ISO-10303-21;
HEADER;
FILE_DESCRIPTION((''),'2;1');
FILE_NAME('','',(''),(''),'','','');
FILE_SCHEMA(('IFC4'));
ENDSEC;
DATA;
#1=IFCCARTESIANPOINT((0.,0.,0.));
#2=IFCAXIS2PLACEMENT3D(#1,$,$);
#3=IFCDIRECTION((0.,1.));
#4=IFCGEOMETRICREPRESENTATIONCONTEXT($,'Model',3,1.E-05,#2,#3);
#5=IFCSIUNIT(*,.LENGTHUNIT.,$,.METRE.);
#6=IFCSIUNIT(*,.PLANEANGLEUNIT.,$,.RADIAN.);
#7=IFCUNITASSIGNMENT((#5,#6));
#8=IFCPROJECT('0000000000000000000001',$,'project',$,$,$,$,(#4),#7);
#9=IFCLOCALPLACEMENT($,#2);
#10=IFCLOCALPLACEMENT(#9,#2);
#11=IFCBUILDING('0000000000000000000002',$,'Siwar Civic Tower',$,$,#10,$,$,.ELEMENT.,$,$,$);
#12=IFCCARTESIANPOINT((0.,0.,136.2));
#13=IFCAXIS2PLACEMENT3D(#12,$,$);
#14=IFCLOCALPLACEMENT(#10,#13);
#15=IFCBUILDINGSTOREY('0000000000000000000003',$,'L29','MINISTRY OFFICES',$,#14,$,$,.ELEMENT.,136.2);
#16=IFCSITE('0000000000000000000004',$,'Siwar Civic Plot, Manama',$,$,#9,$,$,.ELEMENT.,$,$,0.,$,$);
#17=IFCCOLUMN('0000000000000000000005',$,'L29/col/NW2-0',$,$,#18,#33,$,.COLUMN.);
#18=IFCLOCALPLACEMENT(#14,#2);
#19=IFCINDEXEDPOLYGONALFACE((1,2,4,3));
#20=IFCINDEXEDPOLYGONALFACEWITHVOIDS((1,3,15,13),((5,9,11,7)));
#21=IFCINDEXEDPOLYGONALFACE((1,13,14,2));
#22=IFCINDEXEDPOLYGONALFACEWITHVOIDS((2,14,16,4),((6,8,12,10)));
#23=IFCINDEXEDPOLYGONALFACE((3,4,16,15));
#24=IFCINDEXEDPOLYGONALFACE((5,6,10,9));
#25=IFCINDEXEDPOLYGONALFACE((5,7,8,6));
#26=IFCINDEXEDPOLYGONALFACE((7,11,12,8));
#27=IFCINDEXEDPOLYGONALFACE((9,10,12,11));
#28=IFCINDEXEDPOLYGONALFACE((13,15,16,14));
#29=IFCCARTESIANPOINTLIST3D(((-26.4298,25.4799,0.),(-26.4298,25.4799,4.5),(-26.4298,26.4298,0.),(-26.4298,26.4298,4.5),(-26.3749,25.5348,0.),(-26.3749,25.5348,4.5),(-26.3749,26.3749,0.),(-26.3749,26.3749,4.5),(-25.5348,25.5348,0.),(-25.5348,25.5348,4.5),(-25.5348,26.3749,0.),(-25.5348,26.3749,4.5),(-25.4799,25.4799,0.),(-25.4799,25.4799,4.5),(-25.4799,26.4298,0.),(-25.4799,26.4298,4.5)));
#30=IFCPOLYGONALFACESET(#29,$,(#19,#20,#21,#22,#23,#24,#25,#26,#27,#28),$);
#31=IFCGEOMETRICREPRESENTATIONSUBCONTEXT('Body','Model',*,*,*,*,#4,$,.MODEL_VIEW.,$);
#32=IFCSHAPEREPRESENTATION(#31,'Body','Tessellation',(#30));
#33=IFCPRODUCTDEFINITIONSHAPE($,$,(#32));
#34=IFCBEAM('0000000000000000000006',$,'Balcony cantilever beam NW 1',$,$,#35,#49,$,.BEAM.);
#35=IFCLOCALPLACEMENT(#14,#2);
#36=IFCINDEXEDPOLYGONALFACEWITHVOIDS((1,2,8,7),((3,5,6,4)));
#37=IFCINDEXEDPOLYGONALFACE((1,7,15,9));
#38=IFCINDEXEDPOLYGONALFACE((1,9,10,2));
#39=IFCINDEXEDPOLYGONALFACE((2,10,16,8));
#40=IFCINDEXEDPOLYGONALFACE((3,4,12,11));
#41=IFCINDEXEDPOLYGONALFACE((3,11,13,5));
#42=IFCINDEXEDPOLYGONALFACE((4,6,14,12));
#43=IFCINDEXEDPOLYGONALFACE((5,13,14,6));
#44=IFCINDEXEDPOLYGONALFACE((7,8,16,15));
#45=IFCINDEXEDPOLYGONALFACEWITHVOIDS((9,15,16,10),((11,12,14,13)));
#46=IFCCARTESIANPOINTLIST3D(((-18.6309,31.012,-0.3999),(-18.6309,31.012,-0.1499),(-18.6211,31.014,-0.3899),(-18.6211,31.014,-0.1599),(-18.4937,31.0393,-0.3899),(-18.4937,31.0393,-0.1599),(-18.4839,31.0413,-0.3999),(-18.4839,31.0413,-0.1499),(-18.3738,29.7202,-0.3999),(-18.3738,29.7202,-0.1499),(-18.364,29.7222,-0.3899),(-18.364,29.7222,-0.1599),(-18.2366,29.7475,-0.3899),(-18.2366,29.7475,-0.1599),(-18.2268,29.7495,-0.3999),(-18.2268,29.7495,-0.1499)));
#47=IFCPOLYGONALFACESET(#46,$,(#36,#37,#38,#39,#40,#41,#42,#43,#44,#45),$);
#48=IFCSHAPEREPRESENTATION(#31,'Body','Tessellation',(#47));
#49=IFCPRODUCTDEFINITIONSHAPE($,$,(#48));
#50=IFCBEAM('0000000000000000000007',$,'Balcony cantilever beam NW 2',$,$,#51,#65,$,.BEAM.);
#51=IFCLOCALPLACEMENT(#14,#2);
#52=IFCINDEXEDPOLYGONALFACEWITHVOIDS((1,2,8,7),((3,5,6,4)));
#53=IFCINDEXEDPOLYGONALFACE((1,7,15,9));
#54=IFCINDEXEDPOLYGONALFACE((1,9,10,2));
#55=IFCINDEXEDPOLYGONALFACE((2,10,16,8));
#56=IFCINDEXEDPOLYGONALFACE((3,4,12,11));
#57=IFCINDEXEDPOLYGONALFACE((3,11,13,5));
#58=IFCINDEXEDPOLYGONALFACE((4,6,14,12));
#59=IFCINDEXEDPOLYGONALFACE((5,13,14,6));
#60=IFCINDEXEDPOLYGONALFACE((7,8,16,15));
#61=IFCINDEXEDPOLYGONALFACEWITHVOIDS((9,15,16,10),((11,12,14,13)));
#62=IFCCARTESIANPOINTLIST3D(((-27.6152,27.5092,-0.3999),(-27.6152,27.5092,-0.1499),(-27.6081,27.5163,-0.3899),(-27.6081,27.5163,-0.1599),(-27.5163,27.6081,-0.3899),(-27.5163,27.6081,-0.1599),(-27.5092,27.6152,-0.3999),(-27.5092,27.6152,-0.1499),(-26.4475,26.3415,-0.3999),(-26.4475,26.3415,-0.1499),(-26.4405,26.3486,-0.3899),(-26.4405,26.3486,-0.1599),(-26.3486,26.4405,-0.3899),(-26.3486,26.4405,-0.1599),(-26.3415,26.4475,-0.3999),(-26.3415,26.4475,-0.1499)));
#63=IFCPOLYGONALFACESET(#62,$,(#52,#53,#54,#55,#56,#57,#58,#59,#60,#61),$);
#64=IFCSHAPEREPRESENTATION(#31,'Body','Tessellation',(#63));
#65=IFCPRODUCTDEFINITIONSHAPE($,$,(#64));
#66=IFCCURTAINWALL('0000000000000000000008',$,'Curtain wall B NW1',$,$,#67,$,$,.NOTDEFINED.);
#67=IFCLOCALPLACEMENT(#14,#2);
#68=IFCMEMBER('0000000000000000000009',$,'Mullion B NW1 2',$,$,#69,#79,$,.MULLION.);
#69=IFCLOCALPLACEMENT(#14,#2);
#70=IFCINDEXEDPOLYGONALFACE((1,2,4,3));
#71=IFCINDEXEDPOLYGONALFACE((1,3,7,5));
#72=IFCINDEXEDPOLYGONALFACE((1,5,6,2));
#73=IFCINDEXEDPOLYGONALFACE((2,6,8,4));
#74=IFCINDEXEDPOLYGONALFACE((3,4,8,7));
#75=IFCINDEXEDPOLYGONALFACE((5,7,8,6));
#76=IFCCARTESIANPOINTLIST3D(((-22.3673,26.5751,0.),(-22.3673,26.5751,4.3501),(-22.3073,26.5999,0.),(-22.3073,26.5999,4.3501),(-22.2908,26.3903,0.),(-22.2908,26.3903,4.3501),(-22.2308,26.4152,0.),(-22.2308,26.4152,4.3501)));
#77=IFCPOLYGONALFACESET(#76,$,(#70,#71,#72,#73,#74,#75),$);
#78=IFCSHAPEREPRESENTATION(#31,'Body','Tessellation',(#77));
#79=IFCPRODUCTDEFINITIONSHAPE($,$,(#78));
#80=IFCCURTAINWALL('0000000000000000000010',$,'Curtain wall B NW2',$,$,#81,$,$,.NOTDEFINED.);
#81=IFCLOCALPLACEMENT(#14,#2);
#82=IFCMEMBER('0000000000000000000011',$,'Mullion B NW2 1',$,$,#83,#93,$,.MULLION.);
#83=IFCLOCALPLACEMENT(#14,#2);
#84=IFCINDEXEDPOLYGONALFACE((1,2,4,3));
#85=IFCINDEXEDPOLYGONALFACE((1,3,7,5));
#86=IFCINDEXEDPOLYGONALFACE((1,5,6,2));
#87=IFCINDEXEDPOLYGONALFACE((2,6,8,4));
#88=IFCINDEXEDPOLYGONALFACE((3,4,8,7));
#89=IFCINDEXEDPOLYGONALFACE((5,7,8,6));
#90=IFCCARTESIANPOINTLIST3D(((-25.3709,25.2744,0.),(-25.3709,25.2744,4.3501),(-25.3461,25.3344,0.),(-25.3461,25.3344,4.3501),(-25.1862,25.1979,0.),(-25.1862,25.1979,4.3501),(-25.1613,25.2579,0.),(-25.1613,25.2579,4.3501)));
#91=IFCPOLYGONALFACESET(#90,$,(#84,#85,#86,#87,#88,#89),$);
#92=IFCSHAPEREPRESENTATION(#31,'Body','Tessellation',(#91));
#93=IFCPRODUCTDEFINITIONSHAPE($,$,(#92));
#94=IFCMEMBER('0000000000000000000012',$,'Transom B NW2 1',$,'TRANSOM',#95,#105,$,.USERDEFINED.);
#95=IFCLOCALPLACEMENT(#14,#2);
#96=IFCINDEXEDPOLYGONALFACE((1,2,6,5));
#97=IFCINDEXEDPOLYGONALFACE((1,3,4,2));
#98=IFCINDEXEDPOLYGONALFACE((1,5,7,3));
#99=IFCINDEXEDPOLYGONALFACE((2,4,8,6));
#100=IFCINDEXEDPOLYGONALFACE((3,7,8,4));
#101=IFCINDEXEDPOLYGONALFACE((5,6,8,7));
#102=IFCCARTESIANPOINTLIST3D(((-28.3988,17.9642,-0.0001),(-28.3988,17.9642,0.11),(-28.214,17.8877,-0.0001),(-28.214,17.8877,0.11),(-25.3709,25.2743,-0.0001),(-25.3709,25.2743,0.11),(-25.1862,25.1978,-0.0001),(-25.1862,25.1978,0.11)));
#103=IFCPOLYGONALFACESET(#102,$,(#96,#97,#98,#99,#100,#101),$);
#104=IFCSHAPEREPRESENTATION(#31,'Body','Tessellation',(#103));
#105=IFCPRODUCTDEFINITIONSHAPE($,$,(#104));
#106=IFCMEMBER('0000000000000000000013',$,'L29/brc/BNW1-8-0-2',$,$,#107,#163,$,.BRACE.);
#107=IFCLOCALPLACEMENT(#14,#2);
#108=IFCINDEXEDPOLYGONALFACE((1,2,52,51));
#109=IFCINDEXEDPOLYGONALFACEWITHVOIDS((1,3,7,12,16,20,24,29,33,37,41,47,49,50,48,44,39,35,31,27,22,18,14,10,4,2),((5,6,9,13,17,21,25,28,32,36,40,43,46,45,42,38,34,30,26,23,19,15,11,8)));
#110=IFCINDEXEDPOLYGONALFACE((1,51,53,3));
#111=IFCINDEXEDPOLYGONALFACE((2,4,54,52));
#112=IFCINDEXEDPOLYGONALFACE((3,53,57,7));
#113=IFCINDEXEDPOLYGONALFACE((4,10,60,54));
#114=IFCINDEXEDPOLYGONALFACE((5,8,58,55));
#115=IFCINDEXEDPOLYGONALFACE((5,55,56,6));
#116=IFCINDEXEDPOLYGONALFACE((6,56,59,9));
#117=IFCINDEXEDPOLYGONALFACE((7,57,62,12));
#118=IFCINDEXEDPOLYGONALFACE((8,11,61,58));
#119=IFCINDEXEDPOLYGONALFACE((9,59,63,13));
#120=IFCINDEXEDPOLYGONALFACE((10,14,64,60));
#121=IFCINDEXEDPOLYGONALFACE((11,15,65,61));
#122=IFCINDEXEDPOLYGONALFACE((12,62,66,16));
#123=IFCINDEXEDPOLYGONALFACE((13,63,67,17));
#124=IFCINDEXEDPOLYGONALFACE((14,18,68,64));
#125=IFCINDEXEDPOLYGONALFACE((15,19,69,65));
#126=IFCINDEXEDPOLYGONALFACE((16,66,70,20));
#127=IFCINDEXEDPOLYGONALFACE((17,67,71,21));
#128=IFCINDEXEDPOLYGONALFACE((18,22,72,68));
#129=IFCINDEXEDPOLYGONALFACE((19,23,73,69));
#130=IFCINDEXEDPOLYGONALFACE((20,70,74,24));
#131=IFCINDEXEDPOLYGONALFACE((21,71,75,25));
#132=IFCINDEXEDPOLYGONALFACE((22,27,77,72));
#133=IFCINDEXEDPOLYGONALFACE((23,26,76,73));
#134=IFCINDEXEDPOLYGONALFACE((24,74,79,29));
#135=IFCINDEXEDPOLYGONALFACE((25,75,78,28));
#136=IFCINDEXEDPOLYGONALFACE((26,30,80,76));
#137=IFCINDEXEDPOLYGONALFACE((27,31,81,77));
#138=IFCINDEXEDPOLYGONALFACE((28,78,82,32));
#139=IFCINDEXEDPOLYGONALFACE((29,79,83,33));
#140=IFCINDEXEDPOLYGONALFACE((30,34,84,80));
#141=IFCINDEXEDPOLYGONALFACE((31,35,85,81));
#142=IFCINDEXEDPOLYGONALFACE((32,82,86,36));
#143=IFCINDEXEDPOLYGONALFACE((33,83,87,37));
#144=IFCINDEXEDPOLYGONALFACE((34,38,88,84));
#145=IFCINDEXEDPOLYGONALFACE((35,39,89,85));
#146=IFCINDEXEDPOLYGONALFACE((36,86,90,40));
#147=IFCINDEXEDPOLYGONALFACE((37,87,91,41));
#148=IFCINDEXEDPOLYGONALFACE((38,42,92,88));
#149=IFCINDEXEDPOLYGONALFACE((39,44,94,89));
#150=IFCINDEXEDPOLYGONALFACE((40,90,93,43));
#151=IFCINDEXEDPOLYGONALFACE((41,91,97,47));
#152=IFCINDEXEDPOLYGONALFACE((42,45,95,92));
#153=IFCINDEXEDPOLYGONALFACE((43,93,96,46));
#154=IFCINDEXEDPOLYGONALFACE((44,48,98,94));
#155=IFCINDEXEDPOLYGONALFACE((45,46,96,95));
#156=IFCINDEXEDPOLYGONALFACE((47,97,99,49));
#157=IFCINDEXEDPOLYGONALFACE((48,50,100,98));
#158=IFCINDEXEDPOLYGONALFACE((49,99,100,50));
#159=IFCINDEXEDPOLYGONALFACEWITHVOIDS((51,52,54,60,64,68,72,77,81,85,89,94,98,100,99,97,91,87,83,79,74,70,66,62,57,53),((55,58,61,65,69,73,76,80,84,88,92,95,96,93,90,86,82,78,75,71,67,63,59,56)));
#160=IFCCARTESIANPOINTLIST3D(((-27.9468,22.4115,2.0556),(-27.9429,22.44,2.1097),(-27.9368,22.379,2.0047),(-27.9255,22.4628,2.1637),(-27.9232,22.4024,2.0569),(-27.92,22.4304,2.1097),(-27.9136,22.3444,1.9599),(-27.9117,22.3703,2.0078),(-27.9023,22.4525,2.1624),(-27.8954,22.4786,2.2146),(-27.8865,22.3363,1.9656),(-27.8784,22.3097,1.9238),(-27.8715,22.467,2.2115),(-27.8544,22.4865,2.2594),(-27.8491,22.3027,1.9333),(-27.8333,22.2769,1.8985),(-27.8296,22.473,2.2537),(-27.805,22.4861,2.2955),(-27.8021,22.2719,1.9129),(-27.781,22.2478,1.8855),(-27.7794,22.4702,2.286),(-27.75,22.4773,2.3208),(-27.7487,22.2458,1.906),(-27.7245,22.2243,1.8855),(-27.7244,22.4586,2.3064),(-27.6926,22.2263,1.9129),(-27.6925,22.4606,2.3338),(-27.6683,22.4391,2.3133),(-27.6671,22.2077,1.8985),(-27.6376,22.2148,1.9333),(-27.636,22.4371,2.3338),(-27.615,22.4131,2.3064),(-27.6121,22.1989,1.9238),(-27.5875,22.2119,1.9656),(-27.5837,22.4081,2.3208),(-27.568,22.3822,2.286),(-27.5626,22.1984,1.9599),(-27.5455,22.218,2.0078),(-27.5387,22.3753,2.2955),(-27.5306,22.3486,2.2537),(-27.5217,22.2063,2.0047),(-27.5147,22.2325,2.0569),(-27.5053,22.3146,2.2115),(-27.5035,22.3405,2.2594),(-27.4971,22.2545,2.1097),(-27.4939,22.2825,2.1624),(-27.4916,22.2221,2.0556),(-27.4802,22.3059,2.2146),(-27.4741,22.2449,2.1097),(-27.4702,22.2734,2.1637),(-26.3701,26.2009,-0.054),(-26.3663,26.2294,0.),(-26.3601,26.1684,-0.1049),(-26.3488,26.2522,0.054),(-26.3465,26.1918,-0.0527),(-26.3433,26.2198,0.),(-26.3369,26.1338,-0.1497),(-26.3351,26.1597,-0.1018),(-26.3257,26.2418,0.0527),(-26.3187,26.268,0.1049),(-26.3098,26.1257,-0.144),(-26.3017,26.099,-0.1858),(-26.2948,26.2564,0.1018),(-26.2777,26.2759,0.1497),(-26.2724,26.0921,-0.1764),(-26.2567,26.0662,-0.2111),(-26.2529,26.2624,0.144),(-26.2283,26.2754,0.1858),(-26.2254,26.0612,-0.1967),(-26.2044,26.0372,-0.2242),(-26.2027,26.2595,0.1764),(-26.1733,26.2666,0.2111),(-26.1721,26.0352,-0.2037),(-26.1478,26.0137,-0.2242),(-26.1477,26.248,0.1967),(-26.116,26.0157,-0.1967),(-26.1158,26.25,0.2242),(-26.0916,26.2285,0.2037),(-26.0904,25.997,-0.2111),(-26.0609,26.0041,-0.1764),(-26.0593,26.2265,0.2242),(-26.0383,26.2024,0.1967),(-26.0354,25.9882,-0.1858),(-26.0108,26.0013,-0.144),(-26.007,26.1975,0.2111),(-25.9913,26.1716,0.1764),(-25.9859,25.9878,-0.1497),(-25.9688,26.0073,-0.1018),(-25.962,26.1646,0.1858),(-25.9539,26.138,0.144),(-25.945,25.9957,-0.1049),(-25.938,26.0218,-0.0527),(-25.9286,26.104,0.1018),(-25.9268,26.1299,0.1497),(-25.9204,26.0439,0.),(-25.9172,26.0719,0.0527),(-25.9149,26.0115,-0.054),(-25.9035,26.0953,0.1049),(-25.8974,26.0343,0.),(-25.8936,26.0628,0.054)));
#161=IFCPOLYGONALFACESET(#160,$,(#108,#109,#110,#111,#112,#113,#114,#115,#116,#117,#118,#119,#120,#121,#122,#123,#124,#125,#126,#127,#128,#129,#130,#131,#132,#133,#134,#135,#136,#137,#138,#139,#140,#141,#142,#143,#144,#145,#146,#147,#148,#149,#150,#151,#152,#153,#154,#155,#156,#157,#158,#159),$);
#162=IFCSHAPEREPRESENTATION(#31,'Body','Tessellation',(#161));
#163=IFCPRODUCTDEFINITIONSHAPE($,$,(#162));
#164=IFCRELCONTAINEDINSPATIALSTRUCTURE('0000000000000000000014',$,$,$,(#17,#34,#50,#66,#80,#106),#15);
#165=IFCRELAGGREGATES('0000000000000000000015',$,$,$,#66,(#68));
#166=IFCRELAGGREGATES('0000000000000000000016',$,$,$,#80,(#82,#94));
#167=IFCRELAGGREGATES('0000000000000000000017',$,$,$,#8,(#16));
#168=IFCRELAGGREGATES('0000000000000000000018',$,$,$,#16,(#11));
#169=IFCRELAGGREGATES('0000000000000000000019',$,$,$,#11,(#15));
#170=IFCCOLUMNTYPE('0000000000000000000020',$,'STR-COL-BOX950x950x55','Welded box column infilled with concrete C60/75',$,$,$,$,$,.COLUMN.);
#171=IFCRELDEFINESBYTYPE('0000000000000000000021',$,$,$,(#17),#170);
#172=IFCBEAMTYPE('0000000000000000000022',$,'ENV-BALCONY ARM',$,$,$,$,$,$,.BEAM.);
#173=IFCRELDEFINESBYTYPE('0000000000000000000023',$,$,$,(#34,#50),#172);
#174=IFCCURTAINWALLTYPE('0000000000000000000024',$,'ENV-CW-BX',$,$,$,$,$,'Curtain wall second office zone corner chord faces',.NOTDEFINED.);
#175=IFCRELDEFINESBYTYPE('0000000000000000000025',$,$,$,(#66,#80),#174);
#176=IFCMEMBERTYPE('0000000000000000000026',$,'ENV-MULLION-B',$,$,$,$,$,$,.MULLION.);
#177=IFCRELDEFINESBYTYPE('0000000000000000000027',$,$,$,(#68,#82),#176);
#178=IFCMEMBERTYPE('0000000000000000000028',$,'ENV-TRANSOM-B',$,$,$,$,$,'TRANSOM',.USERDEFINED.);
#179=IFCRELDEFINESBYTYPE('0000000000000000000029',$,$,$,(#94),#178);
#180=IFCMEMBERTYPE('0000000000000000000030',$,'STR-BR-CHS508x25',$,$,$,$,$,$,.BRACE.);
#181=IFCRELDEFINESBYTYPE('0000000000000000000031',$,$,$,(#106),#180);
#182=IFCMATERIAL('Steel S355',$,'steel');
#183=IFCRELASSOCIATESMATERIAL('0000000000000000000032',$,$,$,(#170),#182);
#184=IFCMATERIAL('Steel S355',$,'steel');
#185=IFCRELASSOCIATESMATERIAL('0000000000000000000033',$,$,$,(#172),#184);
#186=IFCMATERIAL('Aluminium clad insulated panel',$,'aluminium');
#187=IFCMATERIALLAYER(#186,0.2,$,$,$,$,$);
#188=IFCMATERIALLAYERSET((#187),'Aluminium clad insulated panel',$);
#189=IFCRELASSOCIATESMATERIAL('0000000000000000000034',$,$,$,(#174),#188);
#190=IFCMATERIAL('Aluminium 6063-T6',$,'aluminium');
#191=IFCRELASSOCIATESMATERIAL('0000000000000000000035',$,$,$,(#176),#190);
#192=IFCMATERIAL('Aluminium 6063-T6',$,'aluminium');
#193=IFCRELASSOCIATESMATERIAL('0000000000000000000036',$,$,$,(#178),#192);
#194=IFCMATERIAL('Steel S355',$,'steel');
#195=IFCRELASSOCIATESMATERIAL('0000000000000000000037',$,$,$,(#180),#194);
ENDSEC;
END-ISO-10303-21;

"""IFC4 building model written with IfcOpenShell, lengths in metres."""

from ifc_helpers import new_model, si_unit, direction, frame, origin, origin_2d, place, context, subcontext, project, spatial, rectangle, hollow_rectangle, hollow_circle, extrude, material, layer, layer_set, material_profile, profile_set, type_object, element, aggregate, save


model = new_model("IFC4")

# Units and contexts
model_context = context("Model", 3, precision=1e-05, world=origin(), true_north=direction((0.0, 1.0)))
body_context = subcontext(model_context, "Body", "Model", "MODEL_VIEW")
ifc_project = project(units=[si_unit("LENGTHUNIT", "METRE"), si_unit("PLANEANGLEUNIT", "RADIAN")], contexts=[model_context])

# Site, building, storey
site_placement = place(None, origin())
site = spatial("IfcSite", under=ifc_project, at=site_placement, Name="Siwar Civic Plot, Manama", CompositionType="ELEMENT", RefElevation=0.0)
building_placement = place(site_placement, origin())
building = spatial("IfcBuilding", under=site, at=building_placement, Name="Siwar Civic Tower", CompositionType="ELEMENT")
storey_placement = place(building_placement, frame((0.0, 0.0, 136.2)))
storey = spatial("IfcBuildingStorey", under=building, at=storey_placement, Name="L29", Description="MINISTRY OFFICES", CompositionType="ELEMENT", Elevation=136.2)

# Column
ifc_material_1 = material(Name="Steel S355", Category="steel")
ifc_material_profile_1 = material_profile(ifc_material_1, hollow_rectangle(XDim=0.95, YDim=0.95, WallThickness=0.0549, at=origin_2d()), Name="BOX950x950x55")
ifc_profile_set_1 = profile_set([ifc_material_profile_1], Name="Steel S355")
column_type = type_object("IfcColumnType", Name="STR-COL-BOX950x950x55", Description="Welded box column infilled with concrete C60/75", PredefinedType="COLUMN", material=ifc_profile_set_1)
column_placement = place(storey_placement, frame((-25.9548, 25.9548, 0.0), z_axis=(0.0, 0.0, 1.0), x_axis=(1.0, 0.0, 0.0)))
element("IfcColumn", 1, at=column_placement, inside=storey, type_object=column_type, Name="L29/col/NW2-0", PredefinedType="COLUMN", context=body_context, shape_type="SweptSolid", body=[
    extrude(hollow_rectangle(XDim=0.95, YDim=0.95, WallThickness=0.0549, at=origin_2d()), origin(), (0.0, 0.0, 1.0), 4.5),
])

# Beams
ifc_material_2 = material(Name="Steel S355", Category="steel")
ifc_material_profile_2 = material_profile(ifc_material_2, hollow_rectangle(XDim=0.1499, YDim=0.25, WallThickness=0.01, at=origin_2d()), Name="RHS250x150x10")
ifc_profile_set_2 = profile_set([ifc_material_profile_2], Name="Steel S355")
beam_type_1 = type_object("IfcBeamType", Name="ENV-BALCONY ARM", PredefinedType="BEAM", material=ifc_profile_set_2)
beam_1_placement = place(storey_placement, frame((-18.3003, 29.7349, -0.2749), z_axis=(-0.195189, 0.980766, 0.0), x_axis=(-0.980766, -0.195189, 0.0)))
element("IfcBeam", 2, at=beam_1_placement, inside=storey, type_object=beam_type_1, Name="Balcony cantilever beam NW 1", PredefinedType="BEAM", context=body_context, shape_type="SweptSolid", body=[
    extrude(hollow_rectangle(XDim=0.1499, YDim=0.25, WallThickness=0.01, at=origin_2d()), origin(), (0.0, 0.0, 1.0), 1.3171),
])
beam_2_placement = place(storey_placement, frame((-26.3945, 26.3945, -0.2749), z_axis=(-0.707107, 0.707107, 0.0), x_axis=(-0.707107, -0.707107, 0.0)))
element("IfcBeam", 3, at=beam_2_placement, inside=storey, type_object=beam_type_1, Name="Balcony cantilever beam NW 2", PredefinedType="BEAM", context=body_context, shape_type="SweptSolid", body=[
    extrude(hollow_rectangle(XDim=0.1499, YDim=0.25, WallThickness=0.01, at=origin_2d()), origin(), (0.0, 0.0, 1.0), 1.6514),
])

# Curtain wall, member
ifc_material_3 = material(Name="Aluminium clad insulated panel", Category="aluminium")
ifc_layer_1 = layer(ifc_material_3, 0.2)
ifc_layer_set_1 = layer_set([ifc_layer_1], Name="Aluminium clad insulated panel")
curtain_wall_type = type_object("IfcCurtainWallType", Name="ENV-CW-BX", ElementType="Curtain wall second office zone corner chord faces", PredefinedType="NOTDEFINED", material=ifc_layer_set_1)
curtain_wall_1_placement = place(storey_placement, origin())
curtain_wall_1 = element("IfcCurtainWall", 4, at=curtain_wall_1_placement, inside=storey, type_object=curtain_wall_type, Name="Curtain wall B NW1", PredefinedType="NOTDEFINED")
ifc_material_4 = material(Name="Aluminium 6063-T6", Category="aluminium")
ifc_material_profile_3 = material_profile(ifc_material_4, rectangle(XDim=0.2, YDim=0.0649, at=origin_2d()), Name="AL 200x65")
ifc_profile_set_3 = profile_set([ifc_material_profile_3], Name="Aluminium 6063-T6")
member_type_1 = type_object("IfcMemberType", Name="ENV-MULLION-B", PredefinedType="MULLION", material=ifc_profile_set_3)
member_1_placement = place(storey_placement, frame((-22.2991, 26.4951, 0.0), z_axis=(0.0, 0.0, 1.0), x_axis=(0.382683, -0.92388, 0.0)))
member_1 = element("IfcMember", 5, at=member_1_placement, type_object=member_type_1, Name="Mullion B NW1 2", PredefinedType="MULLION", context=body_context, shape_type="SweptSolid", body=[
    extrude(rectangle(XDim=0.2, YDim=0.0649, at=origin_2d()), origin(), (0.0, 0.0, 1.0), 4.3501),
])

# Curtain wall, members
curtain_wall_2_placement = place(storey_placement, origin())
curtain_wall_2 = element("IfcCurtainWall", 6, at=curtain_wall_2_placement, inside=storey, type_object=curtain_wall_type, Name="Curtain wall B NW2", PredefinedType="NOTDEFINED")
member_2_placement = place(storey_placement, frame((-25.2661, 25.2661, 0.0), z_axis=(0.0, 0.0, 1.0), x_axis=(0.92388, -0.382683, 0.0)))
member_2 = element("IfcMember", 7, at=member_2_placement, type_object=member_type_1, Name="Mullion B NW2 1", PredefinedType="MULLION", context=body_context, shape_type="SweptSolid", body=[
    extrude(rectangle(XDim=0.2, YDim=0.0649, at=origin_2d()), origin(), (0.0, 0.0, 1.0), 4.3501),
])
ifc_material_5 = material(Name="Aluminium 6063-T6", Category="aluminium")
ifc_material_profile_4 = material_profile(ifc_material_5, rectangle(XDim=0.2, YDim=0.1101, at=origin_2d()), Name="AL 200x110")
ifc_profile_set_4 = profile_set([ifc_material_profile_4], Name="Aluminium 6063-T6")
member_type_2 = type_object("IfcMemberType", Name="ENV-TRANSOM-B", ElementType="TRANSOM", PredefinedType="USERDEFINED", material=ifc_profile_set_4)
member_3_placement = place(storey_placement, frame((-25.2786, 25.2361, 0.0549), z_axis=(-0.382673, -0.923884, 0.0), x_axis=(0.923884, -0.382673, 0.0)))
member_3 = element("IfcMember", 8, at=member_3_placement, type_object=member_type_2, Name="Transom B NW2 1", ObjectType="TRANSOM", PredefinedType="USERDEFINED", context=body_context, shape_type="SweptSolid", body=[
    extrude(rectangle(XDim=0.2, YDim=0.1101, at=origin_2d()), origin(), (0.0, 0.0, 1.0), 7.9124),
])

# Member
ifc_material_6 = material(Name="Steel S355", Category="steel")
ifc_material_profile_5 = material_profile(ifc_material_6, hollow_circle(Radius=0.2539, WallThickness=0.0249, at=origin_2d()), Name="CHS508x25")
ifc_profile_set_5 = profile_set([ifc_material_profile_5], Name="Steel S355")
member_type_3 = type_object("IfcMemberType", Name="STR-BR-CHS508x25", PredefinedType="BRACE", material=ifc_profile_set_5)
member_4_placement = place(storey_placement, frame((-26.1318, 26.1318, 0.0), z_axis=(-0.341662, -0.821143, 0.457155), x_axis=(0.923269, -0.384155, 0.0)))
element("IfcMember", 9, at=member_4_placement, inside=storey, type_object=member_type_3, Name="L29/brc/BNW1-8-0-2", PredefinedType="BRACE", context=body_context, shape_type="SweptSolid", body=[
    extrude(hollow_circle(Radius=0.2539, WallThickness=0.0249, at=origin_2d()), origin(), (0.0, 0.0, 1.0), 4.6147),
])

aggregate(curtain_wall_1, [member_1])
aggregate(curtain_wall_2, [member_2, member_3])

save(model, "model.ifc")
